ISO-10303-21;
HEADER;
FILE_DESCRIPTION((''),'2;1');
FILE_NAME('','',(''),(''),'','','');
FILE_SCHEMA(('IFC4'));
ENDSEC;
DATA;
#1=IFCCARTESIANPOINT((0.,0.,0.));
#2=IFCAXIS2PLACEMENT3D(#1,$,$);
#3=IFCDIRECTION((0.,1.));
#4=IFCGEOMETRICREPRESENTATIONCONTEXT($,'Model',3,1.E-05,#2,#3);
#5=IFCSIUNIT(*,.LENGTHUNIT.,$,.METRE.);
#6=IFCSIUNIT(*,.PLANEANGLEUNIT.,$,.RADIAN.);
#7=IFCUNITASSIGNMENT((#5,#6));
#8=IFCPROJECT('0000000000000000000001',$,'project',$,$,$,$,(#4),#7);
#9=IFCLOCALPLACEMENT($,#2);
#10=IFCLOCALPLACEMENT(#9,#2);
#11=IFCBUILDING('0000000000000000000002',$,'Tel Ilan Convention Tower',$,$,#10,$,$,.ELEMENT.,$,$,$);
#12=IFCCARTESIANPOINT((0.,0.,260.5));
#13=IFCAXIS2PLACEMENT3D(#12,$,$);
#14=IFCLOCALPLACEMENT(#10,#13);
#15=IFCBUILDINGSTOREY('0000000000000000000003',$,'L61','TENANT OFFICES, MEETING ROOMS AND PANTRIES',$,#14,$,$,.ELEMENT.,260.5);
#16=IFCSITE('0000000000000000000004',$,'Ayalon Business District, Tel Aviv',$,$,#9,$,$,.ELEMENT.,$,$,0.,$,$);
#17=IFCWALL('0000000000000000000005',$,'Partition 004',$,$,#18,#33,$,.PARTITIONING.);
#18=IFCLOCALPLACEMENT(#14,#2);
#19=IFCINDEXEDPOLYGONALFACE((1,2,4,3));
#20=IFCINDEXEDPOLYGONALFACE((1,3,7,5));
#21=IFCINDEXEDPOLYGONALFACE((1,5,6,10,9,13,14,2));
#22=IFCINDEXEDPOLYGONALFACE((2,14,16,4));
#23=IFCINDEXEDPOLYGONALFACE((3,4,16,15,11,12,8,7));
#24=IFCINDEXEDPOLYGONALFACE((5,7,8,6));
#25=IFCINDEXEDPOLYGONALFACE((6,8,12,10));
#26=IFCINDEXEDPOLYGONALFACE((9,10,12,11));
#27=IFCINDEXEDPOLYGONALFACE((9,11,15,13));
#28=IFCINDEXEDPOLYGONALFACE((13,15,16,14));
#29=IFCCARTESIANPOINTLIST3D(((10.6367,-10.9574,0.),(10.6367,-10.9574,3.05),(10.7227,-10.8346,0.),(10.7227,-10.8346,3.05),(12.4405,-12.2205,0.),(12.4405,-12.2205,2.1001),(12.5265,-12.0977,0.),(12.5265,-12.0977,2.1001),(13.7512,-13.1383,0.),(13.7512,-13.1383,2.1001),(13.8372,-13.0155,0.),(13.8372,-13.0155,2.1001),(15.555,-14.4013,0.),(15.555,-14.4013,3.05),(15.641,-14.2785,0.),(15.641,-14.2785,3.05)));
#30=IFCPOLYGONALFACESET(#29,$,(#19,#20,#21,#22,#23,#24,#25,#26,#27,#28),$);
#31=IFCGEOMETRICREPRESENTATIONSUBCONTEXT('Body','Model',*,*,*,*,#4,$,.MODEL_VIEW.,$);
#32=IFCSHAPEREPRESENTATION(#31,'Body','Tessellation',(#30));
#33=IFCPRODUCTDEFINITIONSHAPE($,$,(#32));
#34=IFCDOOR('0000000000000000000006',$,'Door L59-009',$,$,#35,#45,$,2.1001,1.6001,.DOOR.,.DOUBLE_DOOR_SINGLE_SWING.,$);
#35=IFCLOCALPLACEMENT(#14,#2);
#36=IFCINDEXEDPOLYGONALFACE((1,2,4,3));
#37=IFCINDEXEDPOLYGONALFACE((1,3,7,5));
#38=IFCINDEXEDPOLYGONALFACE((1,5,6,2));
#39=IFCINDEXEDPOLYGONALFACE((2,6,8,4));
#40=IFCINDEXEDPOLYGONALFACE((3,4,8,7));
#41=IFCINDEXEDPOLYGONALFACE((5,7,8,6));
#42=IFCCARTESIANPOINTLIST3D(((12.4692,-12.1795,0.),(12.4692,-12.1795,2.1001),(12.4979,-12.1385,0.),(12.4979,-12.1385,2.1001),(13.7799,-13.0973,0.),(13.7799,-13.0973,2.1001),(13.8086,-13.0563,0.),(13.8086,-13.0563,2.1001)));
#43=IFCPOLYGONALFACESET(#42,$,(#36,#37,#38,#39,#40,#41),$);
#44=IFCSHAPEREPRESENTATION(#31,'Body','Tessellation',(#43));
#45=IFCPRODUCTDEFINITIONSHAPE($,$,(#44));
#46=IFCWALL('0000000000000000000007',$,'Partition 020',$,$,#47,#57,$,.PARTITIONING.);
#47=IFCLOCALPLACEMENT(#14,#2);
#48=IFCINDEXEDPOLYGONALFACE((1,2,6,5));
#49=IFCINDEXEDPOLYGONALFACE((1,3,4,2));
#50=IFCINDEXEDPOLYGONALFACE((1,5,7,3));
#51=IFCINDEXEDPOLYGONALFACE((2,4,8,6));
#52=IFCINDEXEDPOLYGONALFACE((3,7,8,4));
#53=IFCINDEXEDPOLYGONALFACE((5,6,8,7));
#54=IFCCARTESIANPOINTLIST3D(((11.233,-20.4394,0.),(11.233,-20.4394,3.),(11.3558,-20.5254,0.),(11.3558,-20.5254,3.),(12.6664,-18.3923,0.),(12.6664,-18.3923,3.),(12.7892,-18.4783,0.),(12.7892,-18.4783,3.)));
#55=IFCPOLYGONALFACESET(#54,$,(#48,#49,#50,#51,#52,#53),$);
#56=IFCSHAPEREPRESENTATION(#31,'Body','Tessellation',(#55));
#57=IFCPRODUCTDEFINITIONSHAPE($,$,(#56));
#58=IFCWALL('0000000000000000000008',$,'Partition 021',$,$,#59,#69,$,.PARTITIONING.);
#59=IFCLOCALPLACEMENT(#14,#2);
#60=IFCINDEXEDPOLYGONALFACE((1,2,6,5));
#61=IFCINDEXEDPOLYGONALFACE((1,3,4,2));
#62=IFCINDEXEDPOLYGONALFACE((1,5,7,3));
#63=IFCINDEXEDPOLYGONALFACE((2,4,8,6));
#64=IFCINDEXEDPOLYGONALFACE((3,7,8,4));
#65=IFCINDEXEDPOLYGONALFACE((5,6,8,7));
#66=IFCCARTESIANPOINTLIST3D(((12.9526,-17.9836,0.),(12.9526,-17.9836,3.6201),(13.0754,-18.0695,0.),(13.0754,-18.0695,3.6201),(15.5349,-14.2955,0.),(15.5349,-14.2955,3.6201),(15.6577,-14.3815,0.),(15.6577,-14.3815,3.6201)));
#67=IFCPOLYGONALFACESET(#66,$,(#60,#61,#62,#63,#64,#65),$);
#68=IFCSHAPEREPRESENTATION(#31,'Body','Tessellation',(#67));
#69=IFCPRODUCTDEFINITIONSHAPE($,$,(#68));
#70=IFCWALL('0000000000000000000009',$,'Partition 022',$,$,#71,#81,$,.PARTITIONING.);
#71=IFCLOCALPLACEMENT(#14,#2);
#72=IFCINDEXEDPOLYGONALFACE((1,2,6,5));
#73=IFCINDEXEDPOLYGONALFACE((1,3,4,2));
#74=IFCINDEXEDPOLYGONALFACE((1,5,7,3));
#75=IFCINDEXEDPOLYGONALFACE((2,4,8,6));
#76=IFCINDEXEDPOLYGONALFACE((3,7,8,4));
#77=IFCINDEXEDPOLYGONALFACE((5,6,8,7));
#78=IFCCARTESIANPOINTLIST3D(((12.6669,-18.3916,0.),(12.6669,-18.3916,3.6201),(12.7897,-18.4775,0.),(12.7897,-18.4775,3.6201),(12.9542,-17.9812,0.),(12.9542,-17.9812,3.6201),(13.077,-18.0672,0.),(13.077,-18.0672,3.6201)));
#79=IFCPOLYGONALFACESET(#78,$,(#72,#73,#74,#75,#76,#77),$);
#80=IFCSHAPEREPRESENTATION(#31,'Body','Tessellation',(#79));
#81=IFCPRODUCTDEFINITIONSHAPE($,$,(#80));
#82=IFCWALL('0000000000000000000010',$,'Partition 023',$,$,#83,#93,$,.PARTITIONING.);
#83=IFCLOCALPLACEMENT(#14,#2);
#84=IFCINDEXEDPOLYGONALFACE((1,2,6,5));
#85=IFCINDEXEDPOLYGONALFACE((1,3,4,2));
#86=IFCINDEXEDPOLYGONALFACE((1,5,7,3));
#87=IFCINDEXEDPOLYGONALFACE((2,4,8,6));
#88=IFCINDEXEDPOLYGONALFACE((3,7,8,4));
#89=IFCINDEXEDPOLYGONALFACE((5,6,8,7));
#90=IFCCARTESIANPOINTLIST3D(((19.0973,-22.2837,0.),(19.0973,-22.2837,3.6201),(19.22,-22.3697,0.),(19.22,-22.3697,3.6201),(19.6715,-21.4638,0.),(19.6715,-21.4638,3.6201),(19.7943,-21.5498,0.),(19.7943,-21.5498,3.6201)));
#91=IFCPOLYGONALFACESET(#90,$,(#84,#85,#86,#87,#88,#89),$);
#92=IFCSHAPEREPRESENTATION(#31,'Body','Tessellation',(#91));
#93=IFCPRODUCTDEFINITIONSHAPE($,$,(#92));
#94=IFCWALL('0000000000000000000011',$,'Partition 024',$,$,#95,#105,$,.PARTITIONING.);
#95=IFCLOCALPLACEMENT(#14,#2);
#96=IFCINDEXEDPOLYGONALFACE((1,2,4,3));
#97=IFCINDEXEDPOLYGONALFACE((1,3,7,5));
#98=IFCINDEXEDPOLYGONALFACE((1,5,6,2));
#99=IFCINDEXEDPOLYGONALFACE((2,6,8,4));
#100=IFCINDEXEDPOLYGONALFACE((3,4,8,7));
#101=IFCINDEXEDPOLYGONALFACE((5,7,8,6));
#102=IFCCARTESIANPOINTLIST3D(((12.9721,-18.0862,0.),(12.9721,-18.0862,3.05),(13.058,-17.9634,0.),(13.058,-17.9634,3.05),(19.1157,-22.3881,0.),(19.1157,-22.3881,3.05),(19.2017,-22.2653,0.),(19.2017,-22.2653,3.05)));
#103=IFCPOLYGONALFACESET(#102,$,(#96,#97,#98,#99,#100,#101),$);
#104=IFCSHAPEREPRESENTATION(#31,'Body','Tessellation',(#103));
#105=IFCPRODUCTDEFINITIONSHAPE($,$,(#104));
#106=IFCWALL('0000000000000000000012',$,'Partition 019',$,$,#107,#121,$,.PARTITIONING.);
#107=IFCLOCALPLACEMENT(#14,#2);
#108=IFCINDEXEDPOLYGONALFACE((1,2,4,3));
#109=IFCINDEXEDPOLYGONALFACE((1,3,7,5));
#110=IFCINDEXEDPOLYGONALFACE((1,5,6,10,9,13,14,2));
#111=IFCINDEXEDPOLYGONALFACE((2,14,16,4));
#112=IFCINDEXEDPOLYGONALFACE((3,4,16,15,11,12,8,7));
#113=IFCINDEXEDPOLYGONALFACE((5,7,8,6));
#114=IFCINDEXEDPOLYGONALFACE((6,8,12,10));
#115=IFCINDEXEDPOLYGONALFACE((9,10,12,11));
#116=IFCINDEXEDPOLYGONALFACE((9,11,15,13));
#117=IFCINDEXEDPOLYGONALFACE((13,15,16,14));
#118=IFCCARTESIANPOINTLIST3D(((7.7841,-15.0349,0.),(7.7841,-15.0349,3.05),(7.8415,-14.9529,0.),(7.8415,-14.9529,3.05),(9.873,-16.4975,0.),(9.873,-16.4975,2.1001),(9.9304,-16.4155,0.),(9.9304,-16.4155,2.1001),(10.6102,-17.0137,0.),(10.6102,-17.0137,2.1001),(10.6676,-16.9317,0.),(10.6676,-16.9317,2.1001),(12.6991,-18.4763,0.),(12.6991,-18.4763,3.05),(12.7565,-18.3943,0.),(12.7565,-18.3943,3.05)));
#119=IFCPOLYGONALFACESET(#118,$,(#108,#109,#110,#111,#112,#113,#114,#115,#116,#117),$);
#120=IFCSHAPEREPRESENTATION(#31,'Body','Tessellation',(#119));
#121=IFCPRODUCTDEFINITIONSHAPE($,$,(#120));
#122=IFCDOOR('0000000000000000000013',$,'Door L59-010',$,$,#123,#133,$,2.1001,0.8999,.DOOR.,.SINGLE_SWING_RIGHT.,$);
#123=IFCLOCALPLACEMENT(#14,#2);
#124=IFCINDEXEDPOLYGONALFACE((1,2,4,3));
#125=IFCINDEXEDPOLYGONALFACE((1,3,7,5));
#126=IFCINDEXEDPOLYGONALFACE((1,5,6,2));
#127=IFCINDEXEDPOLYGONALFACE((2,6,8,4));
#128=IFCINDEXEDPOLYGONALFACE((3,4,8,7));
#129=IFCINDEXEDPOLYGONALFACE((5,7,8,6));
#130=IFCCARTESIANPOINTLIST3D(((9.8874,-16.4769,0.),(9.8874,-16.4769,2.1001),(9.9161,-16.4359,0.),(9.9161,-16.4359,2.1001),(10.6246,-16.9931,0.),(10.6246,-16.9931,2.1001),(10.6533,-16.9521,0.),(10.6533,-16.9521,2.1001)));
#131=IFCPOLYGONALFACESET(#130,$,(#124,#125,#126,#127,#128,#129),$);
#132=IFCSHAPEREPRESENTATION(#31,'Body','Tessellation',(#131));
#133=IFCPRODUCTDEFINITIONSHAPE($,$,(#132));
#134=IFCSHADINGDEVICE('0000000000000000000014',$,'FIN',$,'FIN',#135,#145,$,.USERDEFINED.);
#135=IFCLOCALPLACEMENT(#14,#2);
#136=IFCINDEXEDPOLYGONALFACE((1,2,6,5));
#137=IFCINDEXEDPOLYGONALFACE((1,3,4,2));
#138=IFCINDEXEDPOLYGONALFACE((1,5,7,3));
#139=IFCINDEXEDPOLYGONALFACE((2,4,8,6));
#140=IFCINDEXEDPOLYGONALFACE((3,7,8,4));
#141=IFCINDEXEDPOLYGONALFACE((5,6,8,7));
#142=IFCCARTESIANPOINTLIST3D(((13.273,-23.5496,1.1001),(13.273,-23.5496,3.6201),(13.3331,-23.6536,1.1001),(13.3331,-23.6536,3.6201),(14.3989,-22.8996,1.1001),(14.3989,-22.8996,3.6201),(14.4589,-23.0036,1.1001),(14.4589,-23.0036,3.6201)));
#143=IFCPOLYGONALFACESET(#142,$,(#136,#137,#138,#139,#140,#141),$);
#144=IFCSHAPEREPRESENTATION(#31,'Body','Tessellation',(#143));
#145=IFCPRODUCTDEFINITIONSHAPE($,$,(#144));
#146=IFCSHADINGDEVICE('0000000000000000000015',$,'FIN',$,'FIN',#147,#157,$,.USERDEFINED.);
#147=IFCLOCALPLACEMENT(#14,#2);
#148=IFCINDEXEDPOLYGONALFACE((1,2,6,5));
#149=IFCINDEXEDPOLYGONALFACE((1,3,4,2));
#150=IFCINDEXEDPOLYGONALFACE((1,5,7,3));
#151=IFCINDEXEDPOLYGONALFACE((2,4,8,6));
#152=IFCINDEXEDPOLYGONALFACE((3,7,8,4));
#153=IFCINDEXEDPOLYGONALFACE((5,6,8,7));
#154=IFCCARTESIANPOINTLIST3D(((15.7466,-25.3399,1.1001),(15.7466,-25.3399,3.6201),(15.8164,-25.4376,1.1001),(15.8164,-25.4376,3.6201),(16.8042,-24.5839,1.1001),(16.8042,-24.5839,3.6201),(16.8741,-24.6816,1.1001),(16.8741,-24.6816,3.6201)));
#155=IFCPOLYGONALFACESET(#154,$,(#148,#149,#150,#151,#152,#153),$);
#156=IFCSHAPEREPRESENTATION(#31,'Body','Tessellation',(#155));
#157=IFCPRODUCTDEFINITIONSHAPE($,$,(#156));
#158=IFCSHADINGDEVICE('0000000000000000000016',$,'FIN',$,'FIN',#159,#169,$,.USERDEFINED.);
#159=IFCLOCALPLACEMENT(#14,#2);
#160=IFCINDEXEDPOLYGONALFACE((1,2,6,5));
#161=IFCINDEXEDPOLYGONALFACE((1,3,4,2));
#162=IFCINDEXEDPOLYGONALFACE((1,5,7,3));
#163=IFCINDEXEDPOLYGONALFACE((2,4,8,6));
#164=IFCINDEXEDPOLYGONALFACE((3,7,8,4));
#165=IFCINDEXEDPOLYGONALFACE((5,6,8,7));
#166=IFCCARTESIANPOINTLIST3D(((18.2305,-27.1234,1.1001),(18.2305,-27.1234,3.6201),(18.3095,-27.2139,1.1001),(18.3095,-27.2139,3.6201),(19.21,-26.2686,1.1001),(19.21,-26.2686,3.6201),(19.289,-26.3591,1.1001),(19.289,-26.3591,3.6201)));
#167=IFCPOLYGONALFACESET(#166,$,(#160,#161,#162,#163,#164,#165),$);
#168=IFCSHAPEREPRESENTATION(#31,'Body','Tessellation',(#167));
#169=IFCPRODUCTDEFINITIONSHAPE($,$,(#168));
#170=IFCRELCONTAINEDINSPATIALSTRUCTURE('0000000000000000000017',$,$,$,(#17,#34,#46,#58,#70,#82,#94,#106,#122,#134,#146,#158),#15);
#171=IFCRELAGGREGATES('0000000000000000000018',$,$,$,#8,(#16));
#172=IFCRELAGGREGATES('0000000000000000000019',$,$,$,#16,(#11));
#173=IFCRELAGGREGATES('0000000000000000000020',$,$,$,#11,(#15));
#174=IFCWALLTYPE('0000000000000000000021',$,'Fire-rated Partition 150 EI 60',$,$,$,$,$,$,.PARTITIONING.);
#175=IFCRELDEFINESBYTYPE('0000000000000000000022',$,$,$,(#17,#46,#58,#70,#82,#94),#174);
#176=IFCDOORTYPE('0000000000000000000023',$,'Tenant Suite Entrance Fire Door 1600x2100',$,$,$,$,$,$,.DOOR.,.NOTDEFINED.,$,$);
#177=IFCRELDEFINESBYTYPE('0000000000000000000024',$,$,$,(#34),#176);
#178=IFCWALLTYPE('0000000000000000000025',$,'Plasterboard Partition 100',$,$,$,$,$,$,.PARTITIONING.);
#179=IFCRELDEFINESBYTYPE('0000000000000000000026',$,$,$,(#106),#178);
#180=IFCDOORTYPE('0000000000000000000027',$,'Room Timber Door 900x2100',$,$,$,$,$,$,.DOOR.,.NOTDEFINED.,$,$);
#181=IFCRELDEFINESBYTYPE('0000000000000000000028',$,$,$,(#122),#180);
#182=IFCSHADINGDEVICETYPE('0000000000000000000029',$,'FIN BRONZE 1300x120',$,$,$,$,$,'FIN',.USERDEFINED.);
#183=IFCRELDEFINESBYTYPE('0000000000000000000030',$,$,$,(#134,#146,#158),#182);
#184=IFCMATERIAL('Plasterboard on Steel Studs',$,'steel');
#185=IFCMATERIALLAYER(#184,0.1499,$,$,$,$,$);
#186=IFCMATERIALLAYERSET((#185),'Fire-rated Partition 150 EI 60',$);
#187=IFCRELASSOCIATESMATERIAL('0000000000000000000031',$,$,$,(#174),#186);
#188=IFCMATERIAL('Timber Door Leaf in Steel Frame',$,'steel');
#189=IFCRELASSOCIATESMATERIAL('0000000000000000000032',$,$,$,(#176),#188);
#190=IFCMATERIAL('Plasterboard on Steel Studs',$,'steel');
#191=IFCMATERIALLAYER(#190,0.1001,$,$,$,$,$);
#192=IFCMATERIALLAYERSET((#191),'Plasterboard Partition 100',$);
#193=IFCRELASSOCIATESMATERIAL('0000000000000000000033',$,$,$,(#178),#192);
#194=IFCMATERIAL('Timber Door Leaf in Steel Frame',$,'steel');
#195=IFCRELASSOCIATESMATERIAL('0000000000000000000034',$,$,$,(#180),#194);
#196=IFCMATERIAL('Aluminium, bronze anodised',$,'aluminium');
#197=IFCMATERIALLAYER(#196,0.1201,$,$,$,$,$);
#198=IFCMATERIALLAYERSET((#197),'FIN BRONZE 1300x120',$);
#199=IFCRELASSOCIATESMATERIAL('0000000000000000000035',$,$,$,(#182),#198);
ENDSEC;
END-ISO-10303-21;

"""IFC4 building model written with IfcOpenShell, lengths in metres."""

from ifc_helpers import new_model, si_unit, direction, frame, frame_2d, origin, origin_2d, place, context, subcontext, project, spatial, rectangle, extrude, material, layer, layer_set, type_object, element, fill, save


model = new_model("IFC4")

# Units and contexts
model_context = context("Model", 3, precision=1e-05, world=origin(), true_north=direction((0.0, 1.0)))
body_context = subcontext(model_context, "Body", "Model", "MODEL_VIEW")
ifc_project = project(units=[si_unit("LENGTHUNIT", "METRE"), si_unit("PLANEANGLEUNIT", "RADIAN")], contexts=[model_context])

# Site, building, storey
site_placement = place(None, origin())
site = spatial("IfcSite", under=ifc_project, at=site_placement, Name="Ayalon Business District, Tel Aviv", CompositionType="ELEMENT", RefElevation=0.0)
building_placement = place(site_placement, origin())
building = spatial("IfcBuilding", under=site, at=building_placement, Name="Tel Ilan Convention Tower", CompositionType="ELEMENT")
storey_placement = place(building_placement, frame((0.0, 0.0, 260.5)))
storey = spatial("IfcBuildingStorey", under=building, at=storey_placement, Name="L61", Description="TENANT OFFICES, MEETING ROOMS AND PANTRIES", CompositionType="ELEMENT", Elevation=260.5)

# Wall, opening, door
ifc_material_1 = material(Name="Plasterboard on Steel Studs", Category="steel")
ifc_layer_1 = layer(ifc_material_1, 0.1499)
ifc_layer_set_1 = layer_set([ifc_layer_1], Name="Fire-rated Partition 150 EI 60")
wall_type_1 = type_object("IfcWallType", Name="Fire-rated Partition 150 EI 60", PredefinedType="PARTITIONING", material=ifc_layer_set_1)
wall_1_placement = place(storey_placement, frame((15.5979, -14.3398, 0.0), z_axis=(0.0, 0.0, 1.0), x_axis=(-0.819146, 0.573585, 0.0)))
wall_1 = element("IfcWall", 1, at=wall_1_placement, inside=storey, type_object=wall_type_1, Name="Partition 004", PredefinedType="PARTITIONING", context=body_context, shape_type="SweptSolid", body=[
    extrude(rectangle(XDim=6.0042, YDim=0.1499, at=frame_2d((3.002, 0.0))), origin(), (0.0, 0.0, 1.0), 3.05),
])
opening_1_placement = place(wall_1_placement, frame((2.2019, 0.0, 0.0)))
opening_1 = element("IfcOpeningElement", 2, at=opening_1_placement, cuts=wall_1, PredefinedType="OPENING", context=body_context, shape_type="SweptSolid", body=[
    extrude(rectangle(XDim=1.6001, YDim=2.1001, at=frame_2d((0.8, 1.05))), frame((0.0, 0.085, 0.0), z_axis=(0.0, -1.0, 0.0), x_axis=(1.0, 0.0, 0.0)), (0.0, 0.0, 1.0), 0.1699),
])
ifc_material_2 = material(Name="Timber Door Leaf in Steel Frame", Category="steel")
door_type_1 = type_object("IfcDoorType", Name="Tenant Suite Entrance Fire Door 1600x2100", OperationType="NOTDEFINED", PredefinedType="DOOR", material=ifc_material_2)
door_1_placement = place(opening_1_placement, origin())
door_1 = element("IfcDoor", 3, at=door_1_placement, inside=storey, type_object=door_type_1, Name="Door L59-009", OperationType="DOUBLE_DOOR_SINGLE_SWING", OverallHeight=2.1001, OverallWidth=1.6001, PredefinedType="DOOR", context=body_context, shape_type="SweptSolid", body=[
    extrude(rectangle(XDim=1.6001, YDim=2.1001, at=frame_2d((0.8, 1.05))), frame((0.0, 0.0249, 0.0), z_axis=(0.0, -1.0, 0.0), x_axis=(1.0, 0.0, 0.0)), (0.0, 0.0, 1.0), 0.05),
])
fill(opening_1, door_1)

# Walls
wall_2_placement = place(storey_placement, frame((12.7278, -18.4353, 0.0), z_axis=(0.0, 0.0, 1.0), x_axis=(-0.573561, -0.819163, 0.0)))
element("IfcWall", 4, at=wall_2_placement, inside=storey, type_object=wall_type_1, Name="Partition 020", PredefinedType="PARTITIONING", context=body_context, shape_type="SweptSolid", body=[
    extrude(rectangle(XDim=2.499, YDim=0.1499, at=frame_2d((1.2495, 0.0))), origin(), (0.0, 0.0, 1.0), 3.0),
])
wall_3_placement = place(storey_placement, frame((15.5962, -14.3386, 0.0), z_axis=(0.0, 0.0, 1.0), x_axis=(-0.573564, -0.819161, 0.0)))
element("IfcWall", 5, at=wall_3_placement, inside=storey, type_object=wall_type_1, Name="Partition 021", PredefinedType="PARTITIONING", context=body_context, shape_type="SweptSolid", body=[
    extrude(rectangle(XDim=4.5022, YDim=0.1499, at=frame_2d((2.251, 0.0))), origin(), (0.0, 0.0, 1.0), 3.6201),
])
wall_4_placement = place(storey_placement, frame((13.0156, -18.0242, 0.0), z_axis=(0.0, 0.0, 1.0), x_axis=(-0.57356, -0.819163, 0.0)))
element("IfcWall", 6, at=wall_4_placement, inside=storey, type_object=wall_type_1, Name="Partition 022", PredefinedType="PARTITIONING", context=body_context, shape_type="SweptSolid", body=[
    extrude(rectangle(XDim=0.501, YDim=0.1499, at=frame_2d((0.2505, 0.0))), origin(), (0.0, 0.0, 1.0), 3.6201),
])
wall_5_placement = place(storey_placement, frame((19.7329, -21.5068, 0.0), z_axis=(0.0, 0.0, 1.0), x_axis=(-0.573692, -0.819071, 0.0)))
element("IfcWall", 7, at=wall_5_placement, inside=storey, type_object=wall_type_1, Name="Partition 023", PredefinedType="PARTITIONING", context=body_context, shape_type="SweptSolid", body=[
    extrude(rectangle(XDim=1.001, YDim=0.1499, at=frame_2d((0.5005, 0.0))), origin(), (0.0, 0.0, 1.0), 3.6201),
])
wall_6_placement = place(storey_placement, frame((19.1587, -22.3267, 0.0), z_axis=(0.0, 0.0, 1.0), x_axis=(-0.819152, 0.573576, 0.0)))
element("IfcWall", 8, at=wall_6_placement, inside=storey, type_object=wall_type_1, Name="Partition 024", PredefinedType="PARTITIONING", context=body_context, shape_type="SweptSolid", body=[
    extrude(rectangle(XDim=7.5, YDim=0.1499, at=frame_2d((3.75, 0.0))), origin(), (0.0, 0.0, 1.0), 3.05),
])

# Wall, opening, door
ifc_material_3 = material(Name="Plasterboard on Steel Studs", Category="steel")
ifc_layer_2 = layer(ifc_material_3, 0.1001)
ifc_layer_set_2 = layer_set([ifc_layer_2], Name="Plasterboard Partition 100")
wall_type_2 = type_object("IfcWallType", Name="Plasterboard Partition 100", PredefinedType="PARTITIONING", material=ifc_layer_set_2)
wall_7_placement = place(storey_placement, frame((12.7278, -18.4353, 0.0), z_axis=(0.0, 0.0, 1.0), x_axis=(-0.819163, 0.573561, 0.0)))
wall_7 = element("IfcWall", 9, at=wall_7_placement, inside=storey, type_object=wall_type_2, Name="Partition 019", PredefinedType="PARTITIONING", context=body_context, shape_type="SweptSolid", body=[
    extrude(rectangle(XDim=6.0, YDim=0.1001, at=frame_2d((3.0, 0.0))), origin(), (0.0, 0.0, 1.0), 3.05),
])
opening_2_placement = place(wall_7_placement, frame((2.55, 0.0, 0.0)))
opening_2 = element("IfcOpeningElement", 10, at=opening_2_placement, cuts=wall_7, PredefinedType="OPENING", context=body_context, shape_type="SweptSolid", body=[
    extrude(rectangle(XDim=0.8999, YDim=2.1001, at=frame_2d((0.45, 1.05))), frame((0.0, 0.0601, 0.0), z_axis=(0.0, -1.0, 0.0), x_axis=(1.0, 0.0, 0.0)), (0.0, 0.0, 1.0), 0.1201),
])
ifc_material_4 = material(Name="Timber Door Leaf in Steel Frame", Category="steel")
door_type_2 = type_object("IfcDoorType", Name="Room Timber Door 900x2100", OperationType="NOTDEFINED", PredefinedType="DOOR", material=ifc_material_4)
door_2_placement = place(opening_2_placement, origin())
door_2 = element("IfcDoor", 11, at=door_2_placement, inside=storey, type_object=door_type_2, Name="Door L59-010", OperationType="SINGLE_SWING_RIGHT", OverallHeight=2.1001, OverallWidth=0.8999, PredefinedType="DOOR", context=body_context, shape_type="SweptSolid", body=[
    extrude(rectangle(XDim=0.8999, YDim=2.1001, at=frame_2d((0.45, 1.05))), frame((0.0, 0.0249, 0.0), z_axis=(0.0, -1.0, 0.0), x_axis=(1.0, 0.0, 0.0)), (0.0, 0.0, 1.0), 0.05),
])
fill(opening_2, door_2)

# Shading devices
ifc_material_5 = material(Name="Aluminium, bronze anodised", Category="aluminium")
ifc_layer_3 = layer(ifc_material_5, 0.1201)
ifc_layer_set_3 = layer_set([ifc_layer_3], Name="FIN BRONZE 1300x120")
shading_device_type = type_object("IfcShadingDeviceType", Name="FIN BRONZE 1300x120", ElementType="FIN", PredefinedType="USERDEFINED", material=ifc_layer_set_3)
for number, where, z_axis, x_axis, name in (
    (12, (13.866, -23.2766, 1.1001), (0.0, 0.0, 1.0), (-0.866025, -0.5, 0.0), "FIN"),
    (13, (16.3103, -25.0107, 1.1001), (0.0, 0.0, 1.0), (-0.813552, -0.581492, 0.0), "FIN"),
    (14, (18.7598, -26.7412, 1.1001), (0.0, 0.0, 1.0), (-0.753436, -0.657521, 0.0), "FIN"),
):
    element("IfcShadingDevice", number, at=place(storey_placement, frame(where, z_axis=z_axis, x_axis=x_axis)), inside=storey, type_object=shading_device_type, Name=name, ObjectType="FIN", PredefinedType="USERDEFINED", context=body_context, shape_type="SweptSolid", body=[
        extrude(rectangle(XDim=1.3, YDim=0.1201, at=origin_2d()), origin(), (0.0, 0.0, 1.0), 2.52),
    ])

save(model, "model.ifc")
